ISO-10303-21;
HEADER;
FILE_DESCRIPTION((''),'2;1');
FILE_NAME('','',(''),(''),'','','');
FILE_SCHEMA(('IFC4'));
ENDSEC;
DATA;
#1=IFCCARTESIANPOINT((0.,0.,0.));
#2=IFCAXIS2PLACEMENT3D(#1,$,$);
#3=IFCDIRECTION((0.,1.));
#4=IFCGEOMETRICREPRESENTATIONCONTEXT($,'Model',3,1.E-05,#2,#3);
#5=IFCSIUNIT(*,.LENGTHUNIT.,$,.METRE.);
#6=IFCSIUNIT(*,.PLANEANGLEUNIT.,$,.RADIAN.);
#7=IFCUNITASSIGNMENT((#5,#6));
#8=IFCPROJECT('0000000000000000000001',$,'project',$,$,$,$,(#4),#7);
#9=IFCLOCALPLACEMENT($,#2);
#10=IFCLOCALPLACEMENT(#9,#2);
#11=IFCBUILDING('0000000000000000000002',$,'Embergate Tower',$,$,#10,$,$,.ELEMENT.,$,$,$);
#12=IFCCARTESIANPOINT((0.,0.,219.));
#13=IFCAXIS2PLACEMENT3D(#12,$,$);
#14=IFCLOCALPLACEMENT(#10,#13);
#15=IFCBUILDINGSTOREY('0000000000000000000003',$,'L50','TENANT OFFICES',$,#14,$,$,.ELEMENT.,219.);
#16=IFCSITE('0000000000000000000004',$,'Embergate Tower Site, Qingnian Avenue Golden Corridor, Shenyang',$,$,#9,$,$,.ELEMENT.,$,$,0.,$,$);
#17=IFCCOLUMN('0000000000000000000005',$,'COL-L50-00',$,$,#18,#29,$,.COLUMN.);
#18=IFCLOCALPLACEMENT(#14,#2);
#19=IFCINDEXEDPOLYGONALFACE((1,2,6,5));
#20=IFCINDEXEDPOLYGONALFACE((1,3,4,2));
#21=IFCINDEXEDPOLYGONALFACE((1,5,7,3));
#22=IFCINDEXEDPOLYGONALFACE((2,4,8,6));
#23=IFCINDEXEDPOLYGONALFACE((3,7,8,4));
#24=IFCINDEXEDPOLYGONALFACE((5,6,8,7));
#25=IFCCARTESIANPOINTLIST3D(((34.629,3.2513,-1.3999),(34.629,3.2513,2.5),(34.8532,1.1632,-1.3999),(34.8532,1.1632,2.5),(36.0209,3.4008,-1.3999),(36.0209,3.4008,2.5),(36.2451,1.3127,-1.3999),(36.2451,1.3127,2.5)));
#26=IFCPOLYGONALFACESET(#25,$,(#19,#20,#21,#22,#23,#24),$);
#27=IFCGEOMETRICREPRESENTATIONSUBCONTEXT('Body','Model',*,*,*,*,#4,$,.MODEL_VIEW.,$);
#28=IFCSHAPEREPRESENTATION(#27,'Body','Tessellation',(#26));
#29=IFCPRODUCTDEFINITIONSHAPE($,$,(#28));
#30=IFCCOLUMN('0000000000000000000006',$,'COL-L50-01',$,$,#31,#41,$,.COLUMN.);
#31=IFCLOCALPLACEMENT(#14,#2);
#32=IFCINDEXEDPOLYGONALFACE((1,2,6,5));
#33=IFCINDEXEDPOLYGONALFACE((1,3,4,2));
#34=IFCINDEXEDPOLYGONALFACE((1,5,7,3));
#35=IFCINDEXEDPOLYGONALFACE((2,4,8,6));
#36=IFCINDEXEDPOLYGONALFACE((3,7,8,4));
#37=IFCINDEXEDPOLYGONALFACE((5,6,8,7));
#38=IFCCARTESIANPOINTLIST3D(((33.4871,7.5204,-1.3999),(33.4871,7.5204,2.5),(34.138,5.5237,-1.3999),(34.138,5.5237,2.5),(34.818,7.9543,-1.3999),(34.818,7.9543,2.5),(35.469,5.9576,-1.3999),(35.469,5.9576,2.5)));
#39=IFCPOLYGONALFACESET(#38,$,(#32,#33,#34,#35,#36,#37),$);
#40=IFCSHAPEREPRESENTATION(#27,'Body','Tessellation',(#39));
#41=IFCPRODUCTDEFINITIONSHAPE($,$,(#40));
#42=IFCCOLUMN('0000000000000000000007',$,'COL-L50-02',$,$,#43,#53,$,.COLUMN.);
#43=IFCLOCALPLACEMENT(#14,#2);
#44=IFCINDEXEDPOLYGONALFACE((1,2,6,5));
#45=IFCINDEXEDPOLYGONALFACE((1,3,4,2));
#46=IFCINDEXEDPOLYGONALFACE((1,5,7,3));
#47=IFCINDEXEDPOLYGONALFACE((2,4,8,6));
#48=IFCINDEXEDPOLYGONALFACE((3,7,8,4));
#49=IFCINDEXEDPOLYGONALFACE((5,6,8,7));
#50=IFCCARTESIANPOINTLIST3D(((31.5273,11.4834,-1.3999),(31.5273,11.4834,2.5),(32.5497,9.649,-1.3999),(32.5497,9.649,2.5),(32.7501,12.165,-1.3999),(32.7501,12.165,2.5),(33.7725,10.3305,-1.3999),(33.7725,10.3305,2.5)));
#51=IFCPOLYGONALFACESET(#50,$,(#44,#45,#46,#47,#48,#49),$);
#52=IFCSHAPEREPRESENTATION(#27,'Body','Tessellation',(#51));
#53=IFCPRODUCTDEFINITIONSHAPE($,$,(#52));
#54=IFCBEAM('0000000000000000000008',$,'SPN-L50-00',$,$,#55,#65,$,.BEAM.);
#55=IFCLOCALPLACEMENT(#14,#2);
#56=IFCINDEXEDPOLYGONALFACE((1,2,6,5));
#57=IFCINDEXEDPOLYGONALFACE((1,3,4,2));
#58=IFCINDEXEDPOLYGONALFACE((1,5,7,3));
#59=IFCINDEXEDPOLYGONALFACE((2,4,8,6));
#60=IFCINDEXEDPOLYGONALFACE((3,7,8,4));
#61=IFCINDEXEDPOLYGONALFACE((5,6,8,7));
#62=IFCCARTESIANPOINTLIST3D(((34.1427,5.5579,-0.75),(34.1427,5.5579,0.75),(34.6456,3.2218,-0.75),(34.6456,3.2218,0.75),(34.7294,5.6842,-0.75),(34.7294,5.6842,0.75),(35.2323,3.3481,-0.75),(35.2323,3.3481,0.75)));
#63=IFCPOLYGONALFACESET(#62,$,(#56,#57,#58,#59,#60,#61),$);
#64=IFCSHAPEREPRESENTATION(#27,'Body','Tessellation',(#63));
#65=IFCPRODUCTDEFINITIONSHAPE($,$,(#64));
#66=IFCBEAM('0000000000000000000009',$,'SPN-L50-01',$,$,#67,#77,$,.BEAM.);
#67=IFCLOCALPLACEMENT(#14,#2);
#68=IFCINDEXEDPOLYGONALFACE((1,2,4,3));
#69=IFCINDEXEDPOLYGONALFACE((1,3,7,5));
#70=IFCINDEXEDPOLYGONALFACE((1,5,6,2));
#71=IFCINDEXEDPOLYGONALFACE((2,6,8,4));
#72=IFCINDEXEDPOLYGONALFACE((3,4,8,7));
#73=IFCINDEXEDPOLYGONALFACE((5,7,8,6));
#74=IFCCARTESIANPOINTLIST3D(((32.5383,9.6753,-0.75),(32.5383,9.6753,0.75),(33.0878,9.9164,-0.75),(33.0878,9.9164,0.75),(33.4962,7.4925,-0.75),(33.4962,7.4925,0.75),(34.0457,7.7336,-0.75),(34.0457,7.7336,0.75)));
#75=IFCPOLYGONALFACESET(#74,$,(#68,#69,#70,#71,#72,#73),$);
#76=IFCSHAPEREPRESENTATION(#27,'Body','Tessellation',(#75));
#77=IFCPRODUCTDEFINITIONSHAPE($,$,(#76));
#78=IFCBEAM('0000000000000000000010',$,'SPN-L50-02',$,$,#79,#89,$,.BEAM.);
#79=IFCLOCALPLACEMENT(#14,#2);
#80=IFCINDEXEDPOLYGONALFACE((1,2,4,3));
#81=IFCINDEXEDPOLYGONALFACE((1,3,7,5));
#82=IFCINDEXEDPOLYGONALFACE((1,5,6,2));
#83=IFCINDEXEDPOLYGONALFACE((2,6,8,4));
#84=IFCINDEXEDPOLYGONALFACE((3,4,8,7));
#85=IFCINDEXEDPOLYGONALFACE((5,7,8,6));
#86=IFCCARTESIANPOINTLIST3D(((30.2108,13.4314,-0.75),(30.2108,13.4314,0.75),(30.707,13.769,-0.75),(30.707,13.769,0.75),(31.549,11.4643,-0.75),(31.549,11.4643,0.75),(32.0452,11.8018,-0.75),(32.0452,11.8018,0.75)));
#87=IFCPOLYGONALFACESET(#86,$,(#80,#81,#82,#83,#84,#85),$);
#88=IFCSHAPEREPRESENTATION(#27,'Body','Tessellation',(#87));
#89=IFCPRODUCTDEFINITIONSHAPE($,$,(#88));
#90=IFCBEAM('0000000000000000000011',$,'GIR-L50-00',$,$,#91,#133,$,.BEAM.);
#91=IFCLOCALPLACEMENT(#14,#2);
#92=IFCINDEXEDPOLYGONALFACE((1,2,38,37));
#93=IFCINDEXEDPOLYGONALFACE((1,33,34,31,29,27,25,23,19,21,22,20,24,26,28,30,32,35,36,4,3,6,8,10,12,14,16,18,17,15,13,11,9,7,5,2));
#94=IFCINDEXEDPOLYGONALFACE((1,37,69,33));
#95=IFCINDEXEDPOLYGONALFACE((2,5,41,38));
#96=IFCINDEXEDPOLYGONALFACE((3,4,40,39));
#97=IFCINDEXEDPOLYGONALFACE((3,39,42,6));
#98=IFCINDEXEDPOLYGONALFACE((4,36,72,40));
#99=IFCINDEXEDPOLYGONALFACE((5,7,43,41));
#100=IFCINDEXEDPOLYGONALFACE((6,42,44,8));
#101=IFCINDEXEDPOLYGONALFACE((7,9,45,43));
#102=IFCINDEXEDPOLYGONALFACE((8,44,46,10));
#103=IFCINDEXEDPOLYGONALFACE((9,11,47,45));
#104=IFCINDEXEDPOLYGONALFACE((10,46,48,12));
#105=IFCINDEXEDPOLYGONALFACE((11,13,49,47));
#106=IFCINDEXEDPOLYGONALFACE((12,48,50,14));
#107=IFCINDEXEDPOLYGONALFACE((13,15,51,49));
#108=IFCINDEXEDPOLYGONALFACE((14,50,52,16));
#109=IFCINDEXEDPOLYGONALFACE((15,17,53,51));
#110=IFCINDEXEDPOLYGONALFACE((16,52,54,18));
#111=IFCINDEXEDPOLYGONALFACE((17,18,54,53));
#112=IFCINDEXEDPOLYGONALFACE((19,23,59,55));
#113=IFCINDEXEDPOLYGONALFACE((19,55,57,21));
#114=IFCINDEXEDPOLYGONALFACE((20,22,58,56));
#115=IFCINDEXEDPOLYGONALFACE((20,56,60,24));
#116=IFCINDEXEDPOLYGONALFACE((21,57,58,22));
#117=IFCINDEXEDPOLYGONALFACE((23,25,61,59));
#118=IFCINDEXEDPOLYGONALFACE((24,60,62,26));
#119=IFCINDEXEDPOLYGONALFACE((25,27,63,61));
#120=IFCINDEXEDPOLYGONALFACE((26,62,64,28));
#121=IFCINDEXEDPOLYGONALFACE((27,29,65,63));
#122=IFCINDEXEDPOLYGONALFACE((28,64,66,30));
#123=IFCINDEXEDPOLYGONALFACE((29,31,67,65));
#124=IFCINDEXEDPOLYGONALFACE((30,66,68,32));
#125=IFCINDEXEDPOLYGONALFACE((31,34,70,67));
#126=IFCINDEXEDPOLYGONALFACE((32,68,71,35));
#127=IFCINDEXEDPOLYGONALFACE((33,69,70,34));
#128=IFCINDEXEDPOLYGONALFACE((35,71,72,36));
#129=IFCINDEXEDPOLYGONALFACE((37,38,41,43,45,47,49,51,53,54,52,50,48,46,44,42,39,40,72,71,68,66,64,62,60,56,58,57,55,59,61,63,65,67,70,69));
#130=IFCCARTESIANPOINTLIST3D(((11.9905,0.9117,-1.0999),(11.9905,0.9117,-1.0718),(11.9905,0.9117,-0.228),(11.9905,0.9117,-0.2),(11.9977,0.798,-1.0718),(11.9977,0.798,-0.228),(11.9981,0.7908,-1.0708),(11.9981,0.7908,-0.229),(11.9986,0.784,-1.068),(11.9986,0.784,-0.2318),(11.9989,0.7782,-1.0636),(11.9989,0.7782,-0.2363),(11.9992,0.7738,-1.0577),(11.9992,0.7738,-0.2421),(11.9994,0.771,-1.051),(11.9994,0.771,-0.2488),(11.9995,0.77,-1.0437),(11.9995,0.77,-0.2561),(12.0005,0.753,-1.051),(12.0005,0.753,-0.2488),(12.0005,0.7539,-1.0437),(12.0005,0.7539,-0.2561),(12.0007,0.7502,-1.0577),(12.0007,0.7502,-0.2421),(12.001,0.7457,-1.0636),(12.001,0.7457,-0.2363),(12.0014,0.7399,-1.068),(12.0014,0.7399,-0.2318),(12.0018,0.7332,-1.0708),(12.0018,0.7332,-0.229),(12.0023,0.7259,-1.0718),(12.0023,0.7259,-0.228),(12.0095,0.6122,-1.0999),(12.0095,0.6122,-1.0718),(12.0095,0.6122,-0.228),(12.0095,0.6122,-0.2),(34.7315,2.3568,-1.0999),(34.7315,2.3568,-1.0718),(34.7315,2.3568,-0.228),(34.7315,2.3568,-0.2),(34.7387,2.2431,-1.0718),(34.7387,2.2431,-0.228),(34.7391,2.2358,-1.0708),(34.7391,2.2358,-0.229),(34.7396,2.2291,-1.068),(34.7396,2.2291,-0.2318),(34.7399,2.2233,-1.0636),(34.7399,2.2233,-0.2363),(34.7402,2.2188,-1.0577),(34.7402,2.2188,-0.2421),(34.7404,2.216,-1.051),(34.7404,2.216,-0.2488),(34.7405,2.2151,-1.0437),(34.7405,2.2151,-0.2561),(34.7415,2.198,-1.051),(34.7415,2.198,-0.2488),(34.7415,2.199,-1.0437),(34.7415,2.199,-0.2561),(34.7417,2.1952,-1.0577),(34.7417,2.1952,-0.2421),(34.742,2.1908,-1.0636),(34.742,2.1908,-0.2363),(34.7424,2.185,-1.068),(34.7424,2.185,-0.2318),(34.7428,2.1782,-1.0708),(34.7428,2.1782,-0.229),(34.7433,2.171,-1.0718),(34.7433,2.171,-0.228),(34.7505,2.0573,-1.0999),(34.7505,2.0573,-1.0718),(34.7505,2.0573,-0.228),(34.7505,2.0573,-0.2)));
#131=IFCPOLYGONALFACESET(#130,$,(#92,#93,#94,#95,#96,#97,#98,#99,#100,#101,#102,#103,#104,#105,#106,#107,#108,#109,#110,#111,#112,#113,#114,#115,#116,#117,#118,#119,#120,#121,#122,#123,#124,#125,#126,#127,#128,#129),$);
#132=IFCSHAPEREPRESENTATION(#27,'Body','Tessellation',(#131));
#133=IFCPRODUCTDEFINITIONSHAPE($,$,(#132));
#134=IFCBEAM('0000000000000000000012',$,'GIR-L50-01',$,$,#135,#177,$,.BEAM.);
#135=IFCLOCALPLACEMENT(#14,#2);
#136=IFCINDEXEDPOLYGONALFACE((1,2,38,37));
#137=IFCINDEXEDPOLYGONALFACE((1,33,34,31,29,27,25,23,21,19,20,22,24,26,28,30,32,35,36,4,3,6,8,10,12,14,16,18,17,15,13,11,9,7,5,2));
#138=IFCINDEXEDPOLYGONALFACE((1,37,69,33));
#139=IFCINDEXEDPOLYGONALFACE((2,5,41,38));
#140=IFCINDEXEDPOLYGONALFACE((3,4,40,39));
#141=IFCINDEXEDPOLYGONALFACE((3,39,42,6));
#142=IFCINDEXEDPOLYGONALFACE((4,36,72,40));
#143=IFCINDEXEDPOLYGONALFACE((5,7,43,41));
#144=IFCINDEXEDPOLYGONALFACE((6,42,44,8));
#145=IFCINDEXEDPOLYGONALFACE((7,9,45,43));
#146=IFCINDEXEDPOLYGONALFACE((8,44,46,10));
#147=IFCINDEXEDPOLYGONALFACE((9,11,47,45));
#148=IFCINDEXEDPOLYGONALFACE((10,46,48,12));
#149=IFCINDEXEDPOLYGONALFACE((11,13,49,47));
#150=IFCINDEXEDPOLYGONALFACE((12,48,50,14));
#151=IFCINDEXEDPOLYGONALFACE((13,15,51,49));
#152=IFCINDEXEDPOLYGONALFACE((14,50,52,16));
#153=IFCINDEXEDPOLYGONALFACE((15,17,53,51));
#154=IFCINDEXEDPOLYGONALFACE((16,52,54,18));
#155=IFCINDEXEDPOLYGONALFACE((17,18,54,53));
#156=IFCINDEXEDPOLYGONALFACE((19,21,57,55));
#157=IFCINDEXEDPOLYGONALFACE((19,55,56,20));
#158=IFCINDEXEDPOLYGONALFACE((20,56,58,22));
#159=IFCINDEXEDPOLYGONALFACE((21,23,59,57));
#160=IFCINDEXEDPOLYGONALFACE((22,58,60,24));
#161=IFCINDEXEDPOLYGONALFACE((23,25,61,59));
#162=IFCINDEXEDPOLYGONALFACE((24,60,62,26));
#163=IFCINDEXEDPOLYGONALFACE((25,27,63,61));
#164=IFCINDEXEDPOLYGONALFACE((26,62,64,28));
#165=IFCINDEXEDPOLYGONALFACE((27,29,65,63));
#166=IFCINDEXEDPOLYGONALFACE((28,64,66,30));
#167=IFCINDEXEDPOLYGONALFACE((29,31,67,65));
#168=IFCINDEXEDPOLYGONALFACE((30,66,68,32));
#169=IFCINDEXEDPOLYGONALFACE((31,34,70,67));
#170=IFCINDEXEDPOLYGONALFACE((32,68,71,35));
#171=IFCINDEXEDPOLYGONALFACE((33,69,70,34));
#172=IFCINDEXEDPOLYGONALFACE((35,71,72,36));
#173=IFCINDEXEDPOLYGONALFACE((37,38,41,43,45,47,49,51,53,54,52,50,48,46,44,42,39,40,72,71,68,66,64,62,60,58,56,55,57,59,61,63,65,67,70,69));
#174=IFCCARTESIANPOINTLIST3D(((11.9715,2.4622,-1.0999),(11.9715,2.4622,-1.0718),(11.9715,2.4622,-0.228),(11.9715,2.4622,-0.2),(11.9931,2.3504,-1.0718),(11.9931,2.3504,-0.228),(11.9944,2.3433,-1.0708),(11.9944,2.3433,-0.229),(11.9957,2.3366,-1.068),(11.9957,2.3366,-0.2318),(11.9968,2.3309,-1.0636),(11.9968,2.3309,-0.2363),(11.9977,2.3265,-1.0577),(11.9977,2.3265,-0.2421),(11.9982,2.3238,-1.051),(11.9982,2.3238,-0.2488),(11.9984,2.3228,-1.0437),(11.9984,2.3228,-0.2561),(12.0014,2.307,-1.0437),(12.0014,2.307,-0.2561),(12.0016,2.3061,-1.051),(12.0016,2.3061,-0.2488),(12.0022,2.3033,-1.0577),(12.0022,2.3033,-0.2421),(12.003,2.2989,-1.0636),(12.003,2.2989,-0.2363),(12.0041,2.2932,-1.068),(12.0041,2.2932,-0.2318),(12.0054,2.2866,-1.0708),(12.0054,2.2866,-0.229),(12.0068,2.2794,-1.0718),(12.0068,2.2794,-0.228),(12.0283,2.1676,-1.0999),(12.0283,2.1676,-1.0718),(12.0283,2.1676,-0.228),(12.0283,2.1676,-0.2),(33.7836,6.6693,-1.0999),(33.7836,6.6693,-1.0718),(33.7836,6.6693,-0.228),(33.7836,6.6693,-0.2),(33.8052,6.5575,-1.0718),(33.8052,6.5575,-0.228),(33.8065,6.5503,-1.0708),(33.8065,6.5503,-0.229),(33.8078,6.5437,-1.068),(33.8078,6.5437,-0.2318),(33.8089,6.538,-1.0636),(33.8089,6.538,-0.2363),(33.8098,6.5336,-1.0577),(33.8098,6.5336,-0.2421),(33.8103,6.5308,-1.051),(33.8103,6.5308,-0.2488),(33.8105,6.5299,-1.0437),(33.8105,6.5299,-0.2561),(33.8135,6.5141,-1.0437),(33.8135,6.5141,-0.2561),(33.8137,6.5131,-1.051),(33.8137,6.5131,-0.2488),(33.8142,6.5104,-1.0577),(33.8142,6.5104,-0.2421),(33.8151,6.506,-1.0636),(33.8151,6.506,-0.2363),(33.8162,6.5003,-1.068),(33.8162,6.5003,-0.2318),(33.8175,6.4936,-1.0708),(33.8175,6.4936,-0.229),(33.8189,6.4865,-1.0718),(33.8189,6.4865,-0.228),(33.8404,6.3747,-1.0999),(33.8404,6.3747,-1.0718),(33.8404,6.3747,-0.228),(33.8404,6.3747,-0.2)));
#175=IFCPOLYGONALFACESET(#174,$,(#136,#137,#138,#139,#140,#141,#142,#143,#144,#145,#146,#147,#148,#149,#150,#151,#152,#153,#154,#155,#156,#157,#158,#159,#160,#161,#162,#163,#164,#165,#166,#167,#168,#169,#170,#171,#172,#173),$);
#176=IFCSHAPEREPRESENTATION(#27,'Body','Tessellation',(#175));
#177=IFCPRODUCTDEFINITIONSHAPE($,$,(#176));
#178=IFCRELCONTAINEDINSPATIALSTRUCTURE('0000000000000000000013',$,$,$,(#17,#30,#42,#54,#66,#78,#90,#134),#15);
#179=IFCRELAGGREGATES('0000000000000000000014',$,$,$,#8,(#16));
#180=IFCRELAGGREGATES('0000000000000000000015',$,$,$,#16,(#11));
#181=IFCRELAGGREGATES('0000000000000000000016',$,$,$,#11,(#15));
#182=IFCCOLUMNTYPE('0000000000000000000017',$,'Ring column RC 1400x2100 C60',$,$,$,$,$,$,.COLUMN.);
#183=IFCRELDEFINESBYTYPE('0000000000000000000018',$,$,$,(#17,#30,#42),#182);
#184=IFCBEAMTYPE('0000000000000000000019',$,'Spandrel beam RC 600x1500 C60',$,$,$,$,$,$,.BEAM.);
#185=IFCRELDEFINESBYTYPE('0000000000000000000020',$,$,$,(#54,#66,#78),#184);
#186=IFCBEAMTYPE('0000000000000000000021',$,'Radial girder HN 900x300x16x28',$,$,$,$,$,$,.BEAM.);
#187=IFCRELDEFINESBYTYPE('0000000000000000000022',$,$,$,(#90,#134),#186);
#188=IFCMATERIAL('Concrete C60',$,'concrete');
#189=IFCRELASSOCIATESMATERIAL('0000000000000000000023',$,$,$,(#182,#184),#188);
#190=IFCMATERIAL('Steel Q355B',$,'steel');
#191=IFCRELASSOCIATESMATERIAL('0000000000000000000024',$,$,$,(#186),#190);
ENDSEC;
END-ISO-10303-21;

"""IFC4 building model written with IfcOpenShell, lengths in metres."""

from ifc_helpers import new_model, si_unit, direction, frame, origin, origin_2d, place, context, subcontext, project, spatial, rectangle, i_section, extrude, source, transform, mapped, material, material_profile, profile_set, type_object, element, save


model = new_model("IFC4")

# Units and contexts
model_context = context("Model", 3, precision=1e-05, world=origin(), true_north=direction((0.0, 1.0)))
body_context = subcontext(model_context, "Body", "Model", "MODEL_VIEW")
ifc_project = project(units=[si_unit("LENGTHUNIT", "METRE"), si_unit("PLANEANGLEUNIT", "RADIAN")], contexts=[model_context])

# Site, building, storey
site_placement = place(None, origin())
site = spatial("IfcSite", under=ifc_project, at=site_placement, Name="Embergate Tower Site, Qingnian Avenue Golden Corridor, Shenyang", CompositionType="ELEMENT", RefElevation=0.0)
building_placement = place(site_placement, origin())
building = spatial("IfcBuilding", under=site, at=building_placement, Name="Embergate Tower", CompositionType="ELEMENT")
storey_placement = place(building_placement, frame((0.0, 0.0, 219.0)))
storey = spatial("IfcBuildingStorey", under=building, at=storey_placement, Name="L50", Description="TENANT OFFICES", CompositionType="ELEMENT", Elevation=219.0)

# Columns
ifc_material_1 = material(Name="Concrete C60", Category="concrete")
ifc_material_profile_1 = material_profile(ifc_material_1, rectangle(XDim=1.3999, YDim=2.1001, at=origin_2d()), Name="RC 1400x2100")
ifc_profile_set_1 = profile_set([ifc_material_profile_1], Name="Concrete C60")
column_type = type_object("IfcColumnType", Name="Ring column RC 1400x2100 C60", PredefinedType="COLUMN", material=ifc_profile_set_1)
shared_shape_1 = source(origin(), body_context, "Body", "SweptSolid", [
    extrude(rectangle(XDim=1.3999, YDim=2.1001, at=origin_2d()), origin(), (0.0, 0.0, 1.0), 3.8999),
])
for number, where, z_axis, x_axis, name in (
    (1, (35.437, 2.282, -1.3999), (0.0, 0.0, 1.0), (0.994286, 0.10675, 0.0), "COL-L50-00"),
    (2, (34.478, 6.739, -1.3999), (0.0, 0.0, 1.0), (0.950754, 0.309946, 0.0), "COL-L50-01"),
    (3, (32.6499, 10.907, -1.3999), (0.0, 0.0, 1.0), (0.8735, 0.486823, 0.0), "COL-L50-02"),
):
    element("IfcColumn", number, at=place(storey_placement, frame(where, z_axis=z_axis, x_axis=x_axis)), inside=storey, type_object=column_type, Name=name, PredefinedType="COLUMN", context=body_context, shape_type="MappedRepresentation", body=[
        mapped(shared_shape_1, transform((0.0, 0.0, 0.0))),
    ])

# Beams
ifc_material_profile_2 = material_profile(ifc_material_1, rectangle(XDim=0.6001, YDim=1.5, at=origin_2d()), Name="RC 600x1500")
ifc_profile_set_2 = profile_set([ifc_material_profile_2], Name="Concrete C60")
beam_type_1 = type_object("IfcBeamType", Name="Spandrel beam RC 600x1500 C60", PredefinedType="BEAM", material=ifc_profile_set_2)
shared_shape_2 = source(origin(), body_context, "Body", "SweptSolid", [
    extrude(rectangle(XDim=0.6001, YDim=1.5, at=origin_2d()), origin(), (0.0, 0.0, 1.0), 2.3896),
])
beam_1_placement = place(storey_placement, frame((34.939, 3.2849, 0.0), z_axis=(-0.210457, 0.977603, 0.0), x_axis=(-0.977603, -0.210457, 0.0)))
element("IfcBeam", 4, at=beam_1_placement, inside=storey, type_object=beam_type_1, Name="SPN-L50-00", PredefinedType="BEAM", context=body_context, shape_type="MappedRepresentation", body=[
    mapped(shared_shape_2, transform((0.0, 0.0, 0.0))),
])
shared_shape_3 = source(origin(), body_context, "Body", "SweptSolid", [
    extrude(rectangle(XDim=0.6001, YDim=1.5, at=origin_2d()), origin(), (0.0, 0.0, 1.0), 2.3838),
])
beam_2_placement = place(storey_placement, frame((33.771, 7.613, 0.0), z_axis=(-0.401877, 0.915694, 0.0), x_axis=(-0.915694, -0.401877, 0.0)))
element("IfcBeam", 5, at=beam_2_placement, inside=storey, type_object=beam_type_1, Name="SPN-L50-01", PredefinedType="BEAM", context=body_context, shape_type="MappedRepresentation", body=[
    mapped(shared_shape_3, transform((0.0, 0.0, 0.0))),
])
shared_shape_4 = source(origin(), body_context, "Body", "SweptSolid", [
    extrude(rectangle(XDim=0.6001, YDim=1.5, at=origin_2d()), origin(), (0.0, 0.0, 1.0), 2.3792),
])
beam_3_placement = place(storey_placement, frame((31.7971, 11.6331, 0.0), z_axis=(-0.562467, 0.82682, 0.0), x_axis=(-0.82682, -0.562467, 0.0)))
element("IfcBeam", 6, at=beam_3_placement, inside=storey, type_object=beam_type_1, Name="SPN-L50-02", PredefinedType="BEAM", context=body_context, shape_type="MappedRepresentation", body=[
    mapped(shared_shape_4, transform((0.0, 0.0, 0.0))),
])
ifc_material_2 = material(Name="Steel Q355B", Category="steel")
ifc_material_profile_3 = material_profile(ifc_material_2, i_section(OverallWidth=0.3, OverallDepth=0.8999, WebThickness=0.0161, FlangeThickness=0.0281, FilletRadius=0.0281, at=origin_2d()), Name="HN 900x300x16x28")
ifc_profile_set_3 = profile_set([ifc_material_profile_3], Name="Steel Q355 grade B")
beam_type_2 = type_object("IfcBeamType", Name="Radial girder HN 900x300x16x28", PredefinedType="BEAM", material=ifc_profile_set_3)
shared_shape_5 = source(origin(), body_context, "Body", "SweptSolid", [
    extrude(i_section(OverallWidth=0.3, OverallDepth=0.8999, WebThickness=0.0161, FlangeThickness=0.0281, FilletRadius=0.0281, at=origin_2d()), origin(), (0.0, 0.0, 1.0), 22.7869),
])
beam_4_placement = place(storey_placement, frame((34.741, 2.207, -0.6499), z_axis=(-0.997987, -0.063417, 0.0), x_axis=(0.063417, -0.997987, 0.0)))
element("IfcBeam", 7, at=beam_4_placement, inside=storey, type_object=beam_type_2, Name="GIR-L50-00", PredefinedType="BEAM", context=body_context, shape_type="MappedRepresentation", body=[
    mapped(shared_shape_5, transform((0.0, 0.0, 0.0))),
])
shared_shape_6 = source(origin(), body_context, "Body", "SweptSolid", [
    extrude(i_section(OverallWidth=0.3, OverallDepth=0.8999, WebThickness=0.0161, FlangeThickness=0.0281, FilletRadius=0.0281, at=origin_2d()), origin(), (0.0, 0.0, 1.0), 22.2141),
])
beam_5_placement = place(storey_placement, frame((33.812, 6.522, -0.6499), z_axis=(-0.981903, -0.189386, 0.0), x_axis=(0.189386, -0.981903, 0.0)))
element("IfcBeam", 8, at=beam_5_placement, inside=storey, type_object=beam_type_2, Name="GIR-L50-01", PredefinedType="BEAM", context=body_context, shape_type="MappedRepresentation", body=[
    mapped(shared_shape_6, transform((0.0, 0.0, 0.0))),
])

save(model, "model.ifc")
